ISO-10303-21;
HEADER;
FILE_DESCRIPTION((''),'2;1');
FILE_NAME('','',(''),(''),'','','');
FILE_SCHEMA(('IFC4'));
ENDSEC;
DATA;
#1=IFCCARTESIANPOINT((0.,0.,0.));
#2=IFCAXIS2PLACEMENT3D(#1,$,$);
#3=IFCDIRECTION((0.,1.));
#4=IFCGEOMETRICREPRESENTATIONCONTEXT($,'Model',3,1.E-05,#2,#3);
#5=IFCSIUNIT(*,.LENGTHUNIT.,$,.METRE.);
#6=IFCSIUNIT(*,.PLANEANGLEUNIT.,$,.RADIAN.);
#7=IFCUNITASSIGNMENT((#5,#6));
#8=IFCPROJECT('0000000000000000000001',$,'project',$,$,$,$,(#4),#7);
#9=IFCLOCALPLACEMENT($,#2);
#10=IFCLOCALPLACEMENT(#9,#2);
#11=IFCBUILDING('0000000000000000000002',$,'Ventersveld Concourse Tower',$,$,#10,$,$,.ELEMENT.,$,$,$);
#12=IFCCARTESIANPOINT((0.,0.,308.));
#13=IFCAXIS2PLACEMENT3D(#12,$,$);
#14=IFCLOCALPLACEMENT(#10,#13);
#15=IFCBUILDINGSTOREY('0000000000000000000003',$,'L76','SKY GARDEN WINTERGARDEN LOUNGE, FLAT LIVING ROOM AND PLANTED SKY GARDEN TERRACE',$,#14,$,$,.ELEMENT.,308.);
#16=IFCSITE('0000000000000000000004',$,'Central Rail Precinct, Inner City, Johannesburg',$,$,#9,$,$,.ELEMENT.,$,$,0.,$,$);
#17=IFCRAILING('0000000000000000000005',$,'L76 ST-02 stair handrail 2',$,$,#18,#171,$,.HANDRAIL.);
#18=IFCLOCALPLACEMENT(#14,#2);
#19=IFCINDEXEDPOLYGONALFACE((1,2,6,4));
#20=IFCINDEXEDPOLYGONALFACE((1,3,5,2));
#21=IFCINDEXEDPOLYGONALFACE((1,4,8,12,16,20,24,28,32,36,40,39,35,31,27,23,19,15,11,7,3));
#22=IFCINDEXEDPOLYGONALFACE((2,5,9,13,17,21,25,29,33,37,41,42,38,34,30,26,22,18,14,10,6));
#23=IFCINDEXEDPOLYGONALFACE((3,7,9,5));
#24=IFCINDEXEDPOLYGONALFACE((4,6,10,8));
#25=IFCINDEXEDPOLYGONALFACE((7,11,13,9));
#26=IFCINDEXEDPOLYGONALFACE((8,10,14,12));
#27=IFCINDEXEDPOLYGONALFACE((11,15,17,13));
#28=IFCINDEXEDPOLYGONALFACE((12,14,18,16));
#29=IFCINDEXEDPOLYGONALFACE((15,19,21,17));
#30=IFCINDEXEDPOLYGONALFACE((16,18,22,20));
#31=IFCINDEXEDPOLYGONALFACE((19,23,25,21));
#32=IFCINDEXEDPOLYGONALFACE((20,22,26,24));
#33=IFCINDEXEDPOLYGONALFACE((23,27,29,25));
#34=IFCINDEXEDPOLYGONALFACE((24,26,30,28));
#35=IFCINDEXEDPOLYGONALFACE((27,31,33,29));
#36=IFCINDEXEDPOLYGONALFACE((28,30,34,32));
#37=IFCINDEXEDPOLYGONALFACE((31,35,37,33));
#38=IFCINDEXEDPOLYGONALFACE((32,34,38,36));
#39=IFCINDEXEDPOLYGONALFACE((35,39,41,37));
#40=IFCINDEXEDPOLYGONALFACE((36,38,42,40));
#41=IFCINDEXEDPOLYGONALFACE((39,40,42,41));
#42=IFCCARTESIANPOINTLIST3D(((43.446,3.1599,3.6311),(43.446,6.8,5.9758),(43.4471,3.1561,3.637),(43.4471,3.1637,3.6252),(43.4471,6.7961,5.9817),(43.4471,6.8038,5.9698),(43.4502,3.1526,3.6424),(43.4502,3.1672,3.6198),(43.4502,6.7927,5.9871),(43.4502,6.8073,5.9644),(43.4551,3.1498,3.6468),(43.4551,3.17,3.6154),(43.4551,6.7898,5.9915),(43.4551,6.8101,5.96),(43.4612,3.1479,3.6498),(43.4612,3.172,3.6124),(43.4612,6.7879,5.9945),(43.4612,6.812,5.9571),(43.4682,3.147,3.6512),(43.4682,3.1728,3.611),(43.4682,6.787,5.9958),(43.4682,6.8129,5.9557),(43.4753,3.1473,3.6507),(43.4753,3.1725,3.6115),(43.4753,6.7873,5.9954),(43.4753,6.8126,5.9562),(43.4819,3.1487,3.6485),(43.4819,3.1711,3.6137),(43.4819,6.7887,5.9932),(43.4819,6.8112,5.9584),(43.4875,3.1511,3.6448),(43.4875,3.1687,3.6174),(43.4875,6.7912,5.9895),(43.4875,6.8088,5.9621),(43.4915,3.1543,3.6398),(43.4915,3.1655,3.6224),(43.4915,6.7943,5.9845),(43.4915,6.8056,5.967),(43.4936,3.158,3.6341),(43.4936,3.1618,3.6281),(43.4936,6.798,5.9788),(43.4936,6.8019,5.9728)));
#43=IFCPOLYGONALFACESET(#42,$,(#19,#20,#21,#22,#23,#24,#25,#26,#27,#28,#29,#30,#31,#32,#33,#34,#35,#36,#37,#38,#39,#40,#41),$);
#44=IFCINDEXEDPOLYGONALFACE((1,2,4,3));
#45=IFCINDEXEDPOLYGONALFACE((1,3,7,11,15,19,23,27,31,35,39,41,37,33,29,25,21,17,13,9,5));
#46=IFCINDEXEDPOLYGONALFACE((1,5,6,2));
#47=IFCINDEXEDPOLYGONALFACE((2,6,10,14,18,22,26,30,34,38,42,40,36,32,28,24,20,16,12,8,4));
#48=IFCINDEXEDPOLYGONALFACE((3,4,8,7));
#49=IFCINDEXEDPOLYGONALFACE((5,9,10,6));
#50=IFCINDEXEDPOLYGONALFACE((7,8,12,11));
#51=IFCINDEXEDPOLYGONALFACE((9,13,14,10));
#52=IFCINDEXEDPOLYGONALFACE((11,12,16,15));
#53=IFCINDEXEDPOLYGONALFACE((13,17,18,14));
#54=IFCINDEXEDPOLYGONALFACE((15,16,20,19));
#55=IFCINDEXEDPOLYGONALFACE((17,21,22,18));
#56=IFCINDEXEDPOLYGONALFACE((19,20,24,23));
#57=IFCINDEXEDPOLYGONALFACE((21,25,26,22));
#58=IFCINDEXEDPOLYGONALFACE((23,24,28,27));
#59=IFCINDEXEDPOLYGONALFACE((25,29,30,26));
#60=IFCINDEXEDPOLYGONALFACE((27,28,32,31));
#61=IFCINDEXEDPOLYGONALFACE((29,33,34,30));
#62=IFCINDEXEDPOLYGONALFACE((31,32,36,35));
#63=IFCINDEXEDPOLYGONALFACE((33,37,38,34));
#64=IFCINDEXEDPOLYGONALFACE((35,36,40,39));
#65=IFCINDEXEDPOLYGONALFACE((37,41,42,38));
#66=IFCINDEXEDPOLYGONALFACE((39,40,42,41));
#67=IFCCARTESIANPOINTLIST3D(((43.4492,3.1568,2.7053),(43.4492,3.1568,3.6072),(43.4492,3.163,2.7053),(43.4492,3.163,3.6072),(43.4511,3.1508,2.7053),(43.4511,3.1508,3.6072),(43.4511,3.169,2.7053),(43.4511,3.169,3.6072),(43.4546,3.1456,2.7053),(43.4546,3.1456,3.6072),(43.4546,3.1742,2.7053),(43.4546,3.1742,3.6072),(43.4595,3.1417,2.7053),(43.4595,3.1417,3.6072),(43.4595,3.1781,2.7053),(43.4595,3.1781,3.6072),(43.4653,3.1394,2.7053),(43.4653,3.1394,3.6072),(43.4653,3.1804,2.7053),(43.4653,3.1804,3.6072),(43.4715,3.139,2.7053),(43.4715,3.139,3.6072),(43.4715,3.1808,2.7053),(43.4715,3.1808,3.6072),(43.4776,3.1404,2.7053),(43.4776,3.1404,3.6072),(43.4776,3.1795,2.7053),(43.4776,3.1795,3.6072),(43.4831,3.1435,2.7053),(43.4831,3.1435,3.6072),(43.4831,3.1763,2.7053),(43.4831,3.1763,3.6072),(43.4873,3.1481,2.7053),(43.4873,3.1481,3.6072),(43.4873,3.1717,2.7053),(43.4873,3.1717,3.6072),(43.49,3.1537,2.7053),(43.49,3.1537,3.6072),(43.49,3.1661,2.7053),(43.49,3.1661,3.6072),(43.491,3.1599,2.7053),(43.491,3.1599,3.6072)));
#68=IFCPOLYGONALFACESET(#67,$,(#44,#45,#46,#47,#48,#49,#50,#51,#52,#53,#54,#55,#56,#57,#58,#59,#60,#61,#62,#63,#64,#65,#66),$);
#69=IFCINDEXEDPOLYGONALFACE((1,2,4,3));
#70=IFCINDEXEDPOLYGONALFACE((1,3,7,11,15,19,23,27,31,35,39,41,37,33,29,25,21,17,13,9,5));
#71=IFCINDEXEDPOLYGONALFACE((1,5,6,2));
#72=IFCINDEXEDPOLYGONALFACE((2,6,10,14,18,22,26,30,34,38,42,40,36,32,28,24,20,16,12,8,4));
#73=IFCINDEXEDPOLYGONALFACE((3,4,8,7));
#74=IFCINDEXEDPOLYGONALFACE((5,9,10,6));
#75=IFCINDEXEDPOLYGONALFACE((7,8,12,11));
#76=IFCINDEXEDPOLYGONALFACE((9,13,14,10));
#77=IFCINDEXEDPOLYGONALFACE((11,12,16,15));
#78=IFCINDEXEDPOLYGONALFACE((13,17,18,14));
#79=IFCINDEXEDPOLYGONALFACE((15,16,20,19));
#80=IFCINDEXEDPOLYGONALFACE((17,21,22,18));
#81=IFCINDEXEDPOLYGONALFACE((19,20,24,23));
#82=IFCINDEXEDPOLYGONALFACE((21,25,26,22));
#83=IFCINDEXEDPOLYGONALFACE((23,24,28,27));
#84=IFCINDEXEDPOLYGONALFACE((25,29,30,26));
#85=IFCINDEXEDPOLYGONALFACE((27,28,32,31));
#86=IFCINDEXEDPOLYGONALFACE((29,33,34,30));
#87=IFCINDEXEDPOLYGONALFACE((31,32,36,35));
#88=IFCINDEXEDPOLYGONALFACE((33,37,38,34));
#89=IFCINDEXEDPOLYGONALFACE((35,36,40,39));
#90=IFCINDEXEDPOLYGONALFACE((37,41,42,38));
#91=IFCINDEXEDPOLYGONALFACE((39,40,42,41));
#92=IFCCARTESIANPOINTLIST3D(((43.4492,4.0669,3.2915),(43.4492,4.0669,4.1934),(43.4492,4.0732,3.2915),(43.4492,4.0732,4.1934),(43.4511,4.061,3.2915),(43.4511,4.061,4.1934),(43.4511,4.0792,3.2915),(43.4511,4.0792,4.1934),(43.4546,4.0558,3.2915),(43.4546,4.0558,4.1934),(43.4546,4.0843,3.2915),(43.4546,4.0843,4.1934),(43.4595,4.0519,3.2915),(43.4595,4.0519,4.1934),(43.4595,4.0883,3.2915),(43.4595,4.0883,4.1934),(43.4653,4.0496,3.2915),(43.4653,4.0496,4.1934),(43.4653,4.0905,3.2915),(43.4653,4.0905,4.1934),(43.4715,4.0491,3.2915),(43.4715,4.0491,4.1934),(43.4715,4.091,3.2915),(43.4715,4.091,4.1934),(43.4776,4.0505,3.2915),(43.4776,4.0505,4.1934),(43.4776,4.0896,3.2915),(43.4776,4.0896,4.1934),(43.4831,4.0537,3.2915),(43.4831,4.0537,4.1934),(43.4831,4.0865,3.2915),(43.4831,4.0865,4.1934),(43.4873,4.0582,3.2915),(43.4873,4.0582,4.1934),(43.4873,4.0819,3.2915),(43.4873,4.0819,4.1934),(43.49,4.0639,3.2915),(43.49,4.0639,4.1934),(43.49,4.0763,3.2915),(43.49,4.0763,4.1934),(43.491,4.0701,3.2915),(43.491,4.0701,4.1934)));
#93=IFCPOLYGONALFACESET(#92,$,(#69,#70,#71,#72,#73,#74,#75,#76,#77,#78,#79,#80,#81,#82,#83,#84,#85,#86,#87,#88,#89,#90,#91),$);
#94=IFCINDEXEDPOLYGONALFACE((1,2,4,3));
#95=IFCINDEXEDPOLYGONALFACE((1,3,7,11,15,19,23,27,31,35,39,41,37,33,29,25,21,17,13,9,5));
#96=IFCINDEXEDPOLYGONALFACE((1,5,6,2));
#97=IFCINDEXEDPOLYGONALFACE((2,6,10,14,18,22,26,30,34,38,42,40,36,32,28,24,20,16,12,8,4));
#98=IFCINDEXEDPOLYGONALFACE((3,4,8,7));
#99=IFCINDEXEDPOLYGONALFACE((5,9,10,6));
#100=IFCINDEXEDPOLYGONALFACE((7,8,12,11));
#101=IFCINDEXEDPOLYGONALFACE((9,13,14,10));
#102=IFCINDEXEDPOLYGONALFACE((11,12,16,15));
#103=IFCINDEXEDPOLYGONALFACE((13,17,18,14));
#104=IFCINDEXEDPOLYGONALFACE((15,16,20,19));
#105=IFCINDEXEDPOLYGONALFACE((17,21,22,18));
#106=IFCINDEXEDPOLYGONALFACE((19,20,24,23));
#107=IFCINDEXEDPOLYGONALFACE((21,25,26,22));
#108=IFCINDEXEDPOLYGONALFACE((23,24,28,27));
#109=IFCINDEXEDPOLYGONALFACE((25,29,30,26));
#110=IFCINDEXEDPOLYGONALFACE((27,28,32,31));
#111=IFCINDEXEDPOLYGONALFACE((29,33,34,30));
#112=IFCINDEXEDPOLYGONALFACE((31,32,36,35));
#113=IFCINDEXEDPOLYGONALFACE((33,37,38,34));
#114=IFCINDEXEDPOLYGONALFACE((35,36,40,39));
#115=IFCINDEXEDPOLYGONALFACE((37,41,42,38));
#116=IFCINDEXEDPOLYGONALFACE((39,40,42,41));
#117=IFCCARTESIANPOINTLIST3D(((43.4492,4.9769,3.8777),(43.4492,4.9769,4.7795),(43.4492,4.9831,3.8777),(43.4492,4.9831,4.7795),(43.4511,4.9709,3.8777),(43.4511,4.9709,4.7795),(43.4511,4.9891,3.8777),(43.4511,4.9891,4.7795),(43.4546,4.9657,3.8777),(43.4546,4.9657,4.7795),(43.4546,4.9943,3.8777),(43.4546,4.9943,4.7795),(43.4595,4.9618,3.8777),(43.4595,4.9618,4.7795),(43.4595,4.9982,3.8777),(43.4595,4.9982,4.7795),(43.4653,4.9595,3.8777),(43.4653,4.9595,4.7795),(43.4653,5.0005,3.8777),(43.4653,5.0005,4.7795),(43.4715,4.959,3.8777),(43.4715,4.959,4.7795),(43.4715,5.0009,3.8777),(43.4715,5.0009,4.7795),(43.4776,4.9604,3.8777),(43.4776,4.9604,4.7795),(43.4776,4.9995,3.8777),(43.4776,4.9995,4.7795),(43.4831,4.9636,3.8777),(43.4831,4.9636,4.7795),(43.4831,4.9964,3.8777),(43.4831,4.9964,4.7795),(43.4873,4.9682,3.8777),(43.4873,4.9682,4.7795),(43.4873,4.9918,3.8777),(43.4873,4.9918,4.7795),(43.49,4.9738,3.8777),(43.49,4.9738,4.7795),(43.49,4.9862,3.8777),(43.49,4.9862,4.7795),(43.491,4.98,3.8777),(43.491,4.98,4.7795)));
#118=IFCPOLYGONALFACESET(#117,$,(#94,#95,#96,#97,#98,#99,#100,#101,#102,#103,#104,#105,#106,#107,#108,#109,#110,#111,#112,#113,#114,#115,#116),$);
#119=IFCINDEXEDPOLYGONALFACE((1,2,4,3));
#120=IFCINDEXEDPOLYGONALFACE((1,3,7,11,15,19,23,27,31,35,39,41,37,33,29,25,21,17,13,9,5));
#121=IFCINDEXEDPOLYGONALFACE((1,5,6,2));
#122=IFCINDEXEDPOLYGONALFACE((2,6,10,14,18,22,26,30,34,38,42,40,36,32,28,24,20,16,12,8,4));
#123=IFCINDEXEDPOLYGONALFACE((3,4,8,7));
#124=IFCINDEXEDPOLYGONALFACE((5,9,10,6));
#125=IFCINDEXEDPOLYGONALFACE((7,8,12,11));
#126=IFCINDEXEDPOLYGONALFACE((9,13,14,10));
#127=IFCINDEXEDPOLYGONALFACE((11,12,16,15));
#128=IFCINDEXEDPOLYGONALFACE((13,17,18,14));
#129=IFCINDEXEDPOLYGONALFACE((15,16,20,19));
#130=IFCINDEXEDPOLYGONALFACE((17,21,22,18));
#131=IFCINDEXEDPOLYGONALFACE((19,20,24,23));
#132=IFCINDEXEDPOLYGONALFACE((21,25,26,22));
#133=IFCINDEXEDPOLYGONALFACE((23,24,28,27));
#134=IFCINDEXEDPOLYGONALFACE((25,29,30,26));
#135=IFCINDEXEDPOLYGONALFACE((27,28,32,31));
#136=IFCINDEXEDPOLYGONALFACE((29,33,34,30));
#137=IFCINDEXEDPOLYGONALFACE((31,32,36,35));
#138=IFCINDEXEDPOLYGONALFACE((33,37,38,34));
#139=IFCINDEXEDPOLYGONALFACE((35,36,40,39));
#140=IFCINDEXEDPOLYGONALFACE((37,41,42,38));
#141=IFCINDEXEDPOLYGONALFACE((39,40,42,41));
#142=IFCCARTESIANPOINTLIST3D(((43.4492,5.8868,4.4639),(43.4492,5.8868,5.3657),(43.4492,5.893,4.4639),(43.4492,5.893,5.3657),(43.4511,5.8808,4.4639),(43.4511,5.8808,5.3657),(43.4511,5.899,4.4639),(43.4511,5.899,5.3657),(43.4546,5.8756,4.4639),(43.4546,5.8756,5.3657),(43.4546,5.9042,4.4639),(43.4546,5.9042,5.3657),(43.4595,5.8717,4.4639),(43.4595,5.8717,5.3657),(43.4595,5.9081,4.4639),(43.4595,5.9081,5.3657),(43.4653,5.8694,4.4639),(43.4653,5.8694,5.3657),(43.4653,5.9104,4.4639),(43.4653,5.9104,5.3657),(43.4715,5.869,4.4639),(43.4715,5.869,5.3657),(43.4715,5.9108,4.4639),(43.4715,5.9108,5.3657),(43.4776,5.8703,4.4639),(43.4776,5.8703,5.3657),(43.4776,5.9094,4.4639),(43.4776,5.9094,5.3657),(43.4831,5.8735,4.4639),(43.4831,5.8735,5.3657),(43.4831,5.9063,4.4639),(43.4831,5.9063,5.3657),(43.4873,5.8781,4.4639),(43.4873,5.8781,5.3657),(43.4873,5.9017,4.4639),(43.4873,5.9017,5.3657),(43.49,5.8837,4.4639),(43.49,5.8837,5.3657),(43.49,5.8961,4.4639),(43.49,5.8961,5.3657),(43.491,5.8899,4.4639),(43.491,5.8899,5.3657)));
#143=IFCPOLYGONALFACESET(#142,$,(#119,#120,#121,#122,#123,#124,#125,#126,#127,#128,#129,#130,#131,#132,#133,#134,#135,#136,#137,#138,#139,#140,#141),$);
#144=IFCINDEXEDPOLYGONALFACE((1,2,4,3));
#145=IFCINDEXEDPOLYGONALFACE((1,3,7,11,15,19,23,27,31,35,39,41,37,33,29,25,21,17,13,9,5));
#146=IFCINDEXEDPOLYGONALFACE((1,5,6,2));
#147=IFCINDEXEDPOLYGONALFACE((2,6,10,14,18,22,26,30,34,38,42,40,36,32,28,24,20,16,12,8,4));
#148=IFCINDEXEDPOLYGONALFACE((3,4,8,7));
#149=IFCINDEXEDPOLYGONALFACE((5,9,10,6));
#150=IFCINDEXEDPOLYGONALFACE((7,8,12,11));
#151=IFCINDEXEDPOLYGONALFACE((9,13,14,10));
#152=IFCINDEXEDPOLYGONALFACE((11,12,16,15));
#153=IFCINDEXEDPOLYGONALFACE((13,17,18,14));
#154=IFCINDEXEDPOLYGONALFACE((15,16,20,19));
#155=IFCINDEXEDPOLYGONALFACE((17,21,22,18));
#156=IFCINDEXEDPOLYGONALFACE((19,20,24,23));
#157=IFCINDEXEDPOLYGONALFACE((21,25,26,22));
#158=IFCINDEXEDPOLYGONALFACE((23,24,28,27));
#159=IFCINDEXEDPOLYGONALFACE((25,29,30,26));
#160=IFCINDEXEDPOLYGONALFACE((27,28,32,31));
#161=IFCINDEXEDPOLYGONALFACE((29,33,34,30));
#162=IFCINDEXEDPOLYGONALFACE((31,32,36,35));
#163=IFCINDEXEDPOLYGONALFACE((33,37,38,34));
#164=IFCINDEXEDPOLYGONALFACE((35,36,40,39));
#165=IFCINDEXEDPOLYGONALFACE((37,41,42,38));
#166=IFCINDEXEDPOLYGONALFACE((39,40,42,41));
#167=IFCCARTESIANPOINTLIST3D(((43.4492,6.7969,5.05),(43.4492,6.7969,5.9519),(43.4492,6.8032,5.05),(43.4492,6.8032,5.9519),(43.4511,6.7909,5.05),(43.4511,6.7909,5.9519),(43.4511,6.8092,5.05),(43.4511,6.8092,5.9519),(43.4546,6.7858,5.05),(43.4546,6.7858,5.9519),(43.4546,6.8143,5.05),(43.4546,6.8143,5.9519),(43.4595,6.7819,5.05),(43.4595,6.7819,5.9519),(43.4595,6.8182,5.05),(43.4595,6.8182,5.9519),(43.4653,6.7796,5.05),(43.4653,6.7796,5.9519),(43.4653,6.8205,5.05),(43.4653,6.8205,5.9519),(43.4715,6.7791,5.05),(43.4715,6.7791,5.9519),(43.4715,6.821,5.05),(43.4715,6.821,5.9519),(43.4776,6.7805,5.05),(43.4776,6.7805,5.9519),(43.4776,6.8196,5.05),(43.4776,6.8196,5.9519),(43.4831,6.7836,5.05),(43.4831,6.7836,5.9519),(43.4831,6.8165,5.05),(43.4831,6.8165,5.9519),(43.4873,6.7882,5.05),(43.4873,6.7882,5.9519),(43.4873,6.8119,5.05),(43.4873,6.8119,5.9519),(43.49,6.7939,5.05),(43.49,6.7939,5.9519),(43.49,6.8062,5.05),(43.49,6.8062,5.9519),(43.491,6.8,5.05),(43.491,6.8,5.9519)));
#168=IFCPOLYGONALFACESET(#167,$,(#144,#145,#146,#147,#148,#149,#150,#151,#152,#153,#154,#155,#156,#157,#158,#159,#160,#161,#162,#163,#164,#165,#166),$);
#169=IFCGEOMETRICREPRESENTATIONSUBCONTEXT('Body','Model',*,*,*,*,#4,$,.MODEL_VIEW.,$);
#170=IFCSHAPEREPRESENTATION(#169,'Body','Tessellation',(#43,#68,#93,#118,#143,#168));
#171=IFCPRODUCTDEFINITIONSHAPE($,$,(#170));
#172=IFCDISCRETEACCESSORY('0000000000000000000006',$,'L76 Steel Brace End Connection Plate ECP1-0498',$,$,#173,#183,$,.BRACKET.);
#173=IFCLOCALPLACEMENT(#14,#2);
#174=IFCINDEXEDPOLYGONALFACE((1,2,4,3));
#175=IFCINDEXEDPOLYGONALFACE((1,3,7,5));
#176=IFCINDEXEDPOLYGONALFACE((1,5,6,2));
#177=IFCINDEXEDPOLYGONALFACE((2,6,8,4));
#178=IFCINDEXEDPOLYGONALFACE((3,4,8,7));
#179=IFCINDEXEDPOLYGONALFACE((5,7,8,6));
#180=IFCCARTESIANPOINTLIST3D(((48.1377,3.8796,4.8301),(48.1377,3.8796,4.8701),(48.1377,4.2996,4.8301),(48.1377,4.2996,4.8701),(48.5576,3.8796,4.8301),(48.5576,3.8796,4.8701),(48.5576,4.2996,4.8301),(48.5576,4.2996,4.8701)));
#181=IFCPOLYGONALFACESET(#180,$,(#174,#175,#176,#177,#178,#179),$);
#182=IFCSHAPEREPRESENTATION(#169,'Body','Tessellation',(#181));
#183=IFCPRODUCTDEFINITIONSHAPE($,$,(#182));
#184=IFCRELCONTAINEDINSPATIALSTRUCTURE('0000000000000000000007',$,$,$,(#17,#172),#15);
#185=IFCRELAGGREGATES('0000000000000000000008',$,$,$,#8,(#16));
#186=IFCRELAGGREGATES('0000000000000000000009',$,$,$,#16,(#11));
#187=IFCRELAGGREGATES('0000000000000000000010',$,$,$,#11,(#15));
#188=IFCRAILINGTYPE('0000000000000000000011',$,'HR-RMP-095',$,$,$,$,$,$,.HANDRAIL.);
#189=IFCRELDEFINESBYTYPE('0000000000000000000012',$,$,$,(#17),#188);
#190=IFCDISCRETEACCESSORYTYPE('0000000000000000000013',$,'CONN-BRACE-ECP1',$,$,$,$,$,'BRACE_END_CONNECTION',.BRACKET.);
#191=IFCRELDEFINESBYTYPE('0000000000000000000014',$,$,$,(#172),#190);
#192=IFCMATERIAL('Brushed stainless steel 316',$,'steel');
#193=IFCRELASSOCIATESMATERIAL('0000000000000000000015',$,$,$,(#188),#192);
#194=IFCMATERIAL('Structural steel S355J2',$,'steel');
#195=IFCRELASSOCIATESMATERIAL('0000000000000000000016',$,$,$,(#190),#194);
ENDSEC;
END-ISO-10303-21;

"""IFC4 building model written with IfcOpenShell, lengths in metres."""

from ifc_helpers import new_model, si_unit, direction, frame, origin, origin_2d, place, context, subcontext, project, spatial, rectangle, circle, extrude, material, type_object, element, save


model = new_model("IFC4")

# Units and contexts
model_context = context("Model", 3, precision=1e-05, world=origin(), true_north=direction((0.0, 1.0)))
body_context = subcontext(model_context, "Body", "Model", "MODEL_VIEW")
ifc_project = project(units=[si_unit("LENGTHUNIT", "METRE"), si_unit("PLANEANGLEUNIT", "RADIAN")], contexts=[model_context])

# Site, building, storey
site_placement = place(None, origin())
site = spatial("IfcSite", under=ifc_project, at=site_placement, Name="Central Rail Precinct, Inner City, Johannesburg", CompositionType="ELEMENT", RefElevation=0.0)
building_placement = place(site_placement, origin())
building = spatial("IfcBuilding", under=site, at=building_placement, Name="Ventersveld Concourse Tower", CompositionType="ELEMENT")
storey_placement = place(building_placement, frame((0.0, 0.0, 308.0)))
storey = spatial("IfcBuildingStorey", under=building, at=storey_placement, Name="L76", Description="SKY GARDEN WINTERGARDEN LOUNGE, FLAT LIVING ROOM AND PLANTED SKY GARDEN TERRACE", CompositionType="ELEMENT", Elevation=308.0)

# Shared definitions
ifc_material_1 = material(Name="Structural steel S355J2", Category="steel")

# Shared definitions
ifc_material_2 = material(Name="Brushed stainless steel 316", Category="steel")

# Railing
railing_type_1 = type_object("IfcRailingType", Name="HR-RMP-095", PredefinedType="HANDRAIL", material=ifc_material_2)
railing_1_placement = place(storey_placement, frame((43.47, 3.1599, 2.7053)))
element("IfcRailing", 1, at=railing_1_placement, inside=storey, type_object=railing_type_1, Name="L76 ST-02 stair handrail 2", PredefinedType="HANDRAIL", context=body_context, shape_type="SweptSolid", body=[
    extrude(circle(Radius=0.0239, at=origin_2d()), frame((0.0, 0.0, 0.9258), z_axis=(0.0, 0.840691, 0.541515), x_axis=(-1.0, 0.0, 0.0)), (0.0, 0.0, 1.0), 4.3298),
    extrude(circle(Radius=0.021, at=origin_2d()), origin(), (0.0, 0.0, 1.0), 0.9019),
    extrude(circle(Radius=0.021, at=origin_2d()), frame((0.0, 0.9102, 0.5862)), (0.0, 0.0, 1.0), 0.9019),
    extrude(circle(Radius=0.021, at=origin_2d()), frame((0.0, 1.8201, 1.1724)), (0.0, 0.0, 1.0), 0.9019),
    extrude(circle(Radius=0.021, at=origin_2d()), frame((0.0, 2.73, 1.7585)), (0.0, 0.0, 1.0), 0.9019),
    extrude(circle(Radius=0.021, at=origin_2d()), frame((0.0, 3.6401, 2.3447)), (0.0, 0.0, 1.0), 0.9019),
])

# Discrete accessory
discrete_accessory_type = type_object("IfcDiscreteAccessoryType", Name="CONN-BRACE-ECP1", ElementType="BRACE_END_CONNECTION", PredefinedType="BRACKET", material=ifc_material_1)
discrete_accessory_placement = place(storey_placement, frame((48.3477, 4.0896, 4.8301), z_axis=(0.0, 0.0, 1.0), x_axis=(1.0, 0.0, 0.0)))
element("IfcDiscreteAccessory", 2, at=discrete_accessory_placement, inside=storey, type_object=discrete_accessory_type, Name="L76 Steel Brace End Connection Plate ECP1-0498", PredefinedType="BRACKET", context=body_context, shape_type="SweptSolid", body=[
    extrude(rectangle(XDim=0.4199, YDim=0.4199, at=origin_2d()), origin(), (0.0, 0.0, 1.0), 0.04),
])

save(model, "model.ifc")
